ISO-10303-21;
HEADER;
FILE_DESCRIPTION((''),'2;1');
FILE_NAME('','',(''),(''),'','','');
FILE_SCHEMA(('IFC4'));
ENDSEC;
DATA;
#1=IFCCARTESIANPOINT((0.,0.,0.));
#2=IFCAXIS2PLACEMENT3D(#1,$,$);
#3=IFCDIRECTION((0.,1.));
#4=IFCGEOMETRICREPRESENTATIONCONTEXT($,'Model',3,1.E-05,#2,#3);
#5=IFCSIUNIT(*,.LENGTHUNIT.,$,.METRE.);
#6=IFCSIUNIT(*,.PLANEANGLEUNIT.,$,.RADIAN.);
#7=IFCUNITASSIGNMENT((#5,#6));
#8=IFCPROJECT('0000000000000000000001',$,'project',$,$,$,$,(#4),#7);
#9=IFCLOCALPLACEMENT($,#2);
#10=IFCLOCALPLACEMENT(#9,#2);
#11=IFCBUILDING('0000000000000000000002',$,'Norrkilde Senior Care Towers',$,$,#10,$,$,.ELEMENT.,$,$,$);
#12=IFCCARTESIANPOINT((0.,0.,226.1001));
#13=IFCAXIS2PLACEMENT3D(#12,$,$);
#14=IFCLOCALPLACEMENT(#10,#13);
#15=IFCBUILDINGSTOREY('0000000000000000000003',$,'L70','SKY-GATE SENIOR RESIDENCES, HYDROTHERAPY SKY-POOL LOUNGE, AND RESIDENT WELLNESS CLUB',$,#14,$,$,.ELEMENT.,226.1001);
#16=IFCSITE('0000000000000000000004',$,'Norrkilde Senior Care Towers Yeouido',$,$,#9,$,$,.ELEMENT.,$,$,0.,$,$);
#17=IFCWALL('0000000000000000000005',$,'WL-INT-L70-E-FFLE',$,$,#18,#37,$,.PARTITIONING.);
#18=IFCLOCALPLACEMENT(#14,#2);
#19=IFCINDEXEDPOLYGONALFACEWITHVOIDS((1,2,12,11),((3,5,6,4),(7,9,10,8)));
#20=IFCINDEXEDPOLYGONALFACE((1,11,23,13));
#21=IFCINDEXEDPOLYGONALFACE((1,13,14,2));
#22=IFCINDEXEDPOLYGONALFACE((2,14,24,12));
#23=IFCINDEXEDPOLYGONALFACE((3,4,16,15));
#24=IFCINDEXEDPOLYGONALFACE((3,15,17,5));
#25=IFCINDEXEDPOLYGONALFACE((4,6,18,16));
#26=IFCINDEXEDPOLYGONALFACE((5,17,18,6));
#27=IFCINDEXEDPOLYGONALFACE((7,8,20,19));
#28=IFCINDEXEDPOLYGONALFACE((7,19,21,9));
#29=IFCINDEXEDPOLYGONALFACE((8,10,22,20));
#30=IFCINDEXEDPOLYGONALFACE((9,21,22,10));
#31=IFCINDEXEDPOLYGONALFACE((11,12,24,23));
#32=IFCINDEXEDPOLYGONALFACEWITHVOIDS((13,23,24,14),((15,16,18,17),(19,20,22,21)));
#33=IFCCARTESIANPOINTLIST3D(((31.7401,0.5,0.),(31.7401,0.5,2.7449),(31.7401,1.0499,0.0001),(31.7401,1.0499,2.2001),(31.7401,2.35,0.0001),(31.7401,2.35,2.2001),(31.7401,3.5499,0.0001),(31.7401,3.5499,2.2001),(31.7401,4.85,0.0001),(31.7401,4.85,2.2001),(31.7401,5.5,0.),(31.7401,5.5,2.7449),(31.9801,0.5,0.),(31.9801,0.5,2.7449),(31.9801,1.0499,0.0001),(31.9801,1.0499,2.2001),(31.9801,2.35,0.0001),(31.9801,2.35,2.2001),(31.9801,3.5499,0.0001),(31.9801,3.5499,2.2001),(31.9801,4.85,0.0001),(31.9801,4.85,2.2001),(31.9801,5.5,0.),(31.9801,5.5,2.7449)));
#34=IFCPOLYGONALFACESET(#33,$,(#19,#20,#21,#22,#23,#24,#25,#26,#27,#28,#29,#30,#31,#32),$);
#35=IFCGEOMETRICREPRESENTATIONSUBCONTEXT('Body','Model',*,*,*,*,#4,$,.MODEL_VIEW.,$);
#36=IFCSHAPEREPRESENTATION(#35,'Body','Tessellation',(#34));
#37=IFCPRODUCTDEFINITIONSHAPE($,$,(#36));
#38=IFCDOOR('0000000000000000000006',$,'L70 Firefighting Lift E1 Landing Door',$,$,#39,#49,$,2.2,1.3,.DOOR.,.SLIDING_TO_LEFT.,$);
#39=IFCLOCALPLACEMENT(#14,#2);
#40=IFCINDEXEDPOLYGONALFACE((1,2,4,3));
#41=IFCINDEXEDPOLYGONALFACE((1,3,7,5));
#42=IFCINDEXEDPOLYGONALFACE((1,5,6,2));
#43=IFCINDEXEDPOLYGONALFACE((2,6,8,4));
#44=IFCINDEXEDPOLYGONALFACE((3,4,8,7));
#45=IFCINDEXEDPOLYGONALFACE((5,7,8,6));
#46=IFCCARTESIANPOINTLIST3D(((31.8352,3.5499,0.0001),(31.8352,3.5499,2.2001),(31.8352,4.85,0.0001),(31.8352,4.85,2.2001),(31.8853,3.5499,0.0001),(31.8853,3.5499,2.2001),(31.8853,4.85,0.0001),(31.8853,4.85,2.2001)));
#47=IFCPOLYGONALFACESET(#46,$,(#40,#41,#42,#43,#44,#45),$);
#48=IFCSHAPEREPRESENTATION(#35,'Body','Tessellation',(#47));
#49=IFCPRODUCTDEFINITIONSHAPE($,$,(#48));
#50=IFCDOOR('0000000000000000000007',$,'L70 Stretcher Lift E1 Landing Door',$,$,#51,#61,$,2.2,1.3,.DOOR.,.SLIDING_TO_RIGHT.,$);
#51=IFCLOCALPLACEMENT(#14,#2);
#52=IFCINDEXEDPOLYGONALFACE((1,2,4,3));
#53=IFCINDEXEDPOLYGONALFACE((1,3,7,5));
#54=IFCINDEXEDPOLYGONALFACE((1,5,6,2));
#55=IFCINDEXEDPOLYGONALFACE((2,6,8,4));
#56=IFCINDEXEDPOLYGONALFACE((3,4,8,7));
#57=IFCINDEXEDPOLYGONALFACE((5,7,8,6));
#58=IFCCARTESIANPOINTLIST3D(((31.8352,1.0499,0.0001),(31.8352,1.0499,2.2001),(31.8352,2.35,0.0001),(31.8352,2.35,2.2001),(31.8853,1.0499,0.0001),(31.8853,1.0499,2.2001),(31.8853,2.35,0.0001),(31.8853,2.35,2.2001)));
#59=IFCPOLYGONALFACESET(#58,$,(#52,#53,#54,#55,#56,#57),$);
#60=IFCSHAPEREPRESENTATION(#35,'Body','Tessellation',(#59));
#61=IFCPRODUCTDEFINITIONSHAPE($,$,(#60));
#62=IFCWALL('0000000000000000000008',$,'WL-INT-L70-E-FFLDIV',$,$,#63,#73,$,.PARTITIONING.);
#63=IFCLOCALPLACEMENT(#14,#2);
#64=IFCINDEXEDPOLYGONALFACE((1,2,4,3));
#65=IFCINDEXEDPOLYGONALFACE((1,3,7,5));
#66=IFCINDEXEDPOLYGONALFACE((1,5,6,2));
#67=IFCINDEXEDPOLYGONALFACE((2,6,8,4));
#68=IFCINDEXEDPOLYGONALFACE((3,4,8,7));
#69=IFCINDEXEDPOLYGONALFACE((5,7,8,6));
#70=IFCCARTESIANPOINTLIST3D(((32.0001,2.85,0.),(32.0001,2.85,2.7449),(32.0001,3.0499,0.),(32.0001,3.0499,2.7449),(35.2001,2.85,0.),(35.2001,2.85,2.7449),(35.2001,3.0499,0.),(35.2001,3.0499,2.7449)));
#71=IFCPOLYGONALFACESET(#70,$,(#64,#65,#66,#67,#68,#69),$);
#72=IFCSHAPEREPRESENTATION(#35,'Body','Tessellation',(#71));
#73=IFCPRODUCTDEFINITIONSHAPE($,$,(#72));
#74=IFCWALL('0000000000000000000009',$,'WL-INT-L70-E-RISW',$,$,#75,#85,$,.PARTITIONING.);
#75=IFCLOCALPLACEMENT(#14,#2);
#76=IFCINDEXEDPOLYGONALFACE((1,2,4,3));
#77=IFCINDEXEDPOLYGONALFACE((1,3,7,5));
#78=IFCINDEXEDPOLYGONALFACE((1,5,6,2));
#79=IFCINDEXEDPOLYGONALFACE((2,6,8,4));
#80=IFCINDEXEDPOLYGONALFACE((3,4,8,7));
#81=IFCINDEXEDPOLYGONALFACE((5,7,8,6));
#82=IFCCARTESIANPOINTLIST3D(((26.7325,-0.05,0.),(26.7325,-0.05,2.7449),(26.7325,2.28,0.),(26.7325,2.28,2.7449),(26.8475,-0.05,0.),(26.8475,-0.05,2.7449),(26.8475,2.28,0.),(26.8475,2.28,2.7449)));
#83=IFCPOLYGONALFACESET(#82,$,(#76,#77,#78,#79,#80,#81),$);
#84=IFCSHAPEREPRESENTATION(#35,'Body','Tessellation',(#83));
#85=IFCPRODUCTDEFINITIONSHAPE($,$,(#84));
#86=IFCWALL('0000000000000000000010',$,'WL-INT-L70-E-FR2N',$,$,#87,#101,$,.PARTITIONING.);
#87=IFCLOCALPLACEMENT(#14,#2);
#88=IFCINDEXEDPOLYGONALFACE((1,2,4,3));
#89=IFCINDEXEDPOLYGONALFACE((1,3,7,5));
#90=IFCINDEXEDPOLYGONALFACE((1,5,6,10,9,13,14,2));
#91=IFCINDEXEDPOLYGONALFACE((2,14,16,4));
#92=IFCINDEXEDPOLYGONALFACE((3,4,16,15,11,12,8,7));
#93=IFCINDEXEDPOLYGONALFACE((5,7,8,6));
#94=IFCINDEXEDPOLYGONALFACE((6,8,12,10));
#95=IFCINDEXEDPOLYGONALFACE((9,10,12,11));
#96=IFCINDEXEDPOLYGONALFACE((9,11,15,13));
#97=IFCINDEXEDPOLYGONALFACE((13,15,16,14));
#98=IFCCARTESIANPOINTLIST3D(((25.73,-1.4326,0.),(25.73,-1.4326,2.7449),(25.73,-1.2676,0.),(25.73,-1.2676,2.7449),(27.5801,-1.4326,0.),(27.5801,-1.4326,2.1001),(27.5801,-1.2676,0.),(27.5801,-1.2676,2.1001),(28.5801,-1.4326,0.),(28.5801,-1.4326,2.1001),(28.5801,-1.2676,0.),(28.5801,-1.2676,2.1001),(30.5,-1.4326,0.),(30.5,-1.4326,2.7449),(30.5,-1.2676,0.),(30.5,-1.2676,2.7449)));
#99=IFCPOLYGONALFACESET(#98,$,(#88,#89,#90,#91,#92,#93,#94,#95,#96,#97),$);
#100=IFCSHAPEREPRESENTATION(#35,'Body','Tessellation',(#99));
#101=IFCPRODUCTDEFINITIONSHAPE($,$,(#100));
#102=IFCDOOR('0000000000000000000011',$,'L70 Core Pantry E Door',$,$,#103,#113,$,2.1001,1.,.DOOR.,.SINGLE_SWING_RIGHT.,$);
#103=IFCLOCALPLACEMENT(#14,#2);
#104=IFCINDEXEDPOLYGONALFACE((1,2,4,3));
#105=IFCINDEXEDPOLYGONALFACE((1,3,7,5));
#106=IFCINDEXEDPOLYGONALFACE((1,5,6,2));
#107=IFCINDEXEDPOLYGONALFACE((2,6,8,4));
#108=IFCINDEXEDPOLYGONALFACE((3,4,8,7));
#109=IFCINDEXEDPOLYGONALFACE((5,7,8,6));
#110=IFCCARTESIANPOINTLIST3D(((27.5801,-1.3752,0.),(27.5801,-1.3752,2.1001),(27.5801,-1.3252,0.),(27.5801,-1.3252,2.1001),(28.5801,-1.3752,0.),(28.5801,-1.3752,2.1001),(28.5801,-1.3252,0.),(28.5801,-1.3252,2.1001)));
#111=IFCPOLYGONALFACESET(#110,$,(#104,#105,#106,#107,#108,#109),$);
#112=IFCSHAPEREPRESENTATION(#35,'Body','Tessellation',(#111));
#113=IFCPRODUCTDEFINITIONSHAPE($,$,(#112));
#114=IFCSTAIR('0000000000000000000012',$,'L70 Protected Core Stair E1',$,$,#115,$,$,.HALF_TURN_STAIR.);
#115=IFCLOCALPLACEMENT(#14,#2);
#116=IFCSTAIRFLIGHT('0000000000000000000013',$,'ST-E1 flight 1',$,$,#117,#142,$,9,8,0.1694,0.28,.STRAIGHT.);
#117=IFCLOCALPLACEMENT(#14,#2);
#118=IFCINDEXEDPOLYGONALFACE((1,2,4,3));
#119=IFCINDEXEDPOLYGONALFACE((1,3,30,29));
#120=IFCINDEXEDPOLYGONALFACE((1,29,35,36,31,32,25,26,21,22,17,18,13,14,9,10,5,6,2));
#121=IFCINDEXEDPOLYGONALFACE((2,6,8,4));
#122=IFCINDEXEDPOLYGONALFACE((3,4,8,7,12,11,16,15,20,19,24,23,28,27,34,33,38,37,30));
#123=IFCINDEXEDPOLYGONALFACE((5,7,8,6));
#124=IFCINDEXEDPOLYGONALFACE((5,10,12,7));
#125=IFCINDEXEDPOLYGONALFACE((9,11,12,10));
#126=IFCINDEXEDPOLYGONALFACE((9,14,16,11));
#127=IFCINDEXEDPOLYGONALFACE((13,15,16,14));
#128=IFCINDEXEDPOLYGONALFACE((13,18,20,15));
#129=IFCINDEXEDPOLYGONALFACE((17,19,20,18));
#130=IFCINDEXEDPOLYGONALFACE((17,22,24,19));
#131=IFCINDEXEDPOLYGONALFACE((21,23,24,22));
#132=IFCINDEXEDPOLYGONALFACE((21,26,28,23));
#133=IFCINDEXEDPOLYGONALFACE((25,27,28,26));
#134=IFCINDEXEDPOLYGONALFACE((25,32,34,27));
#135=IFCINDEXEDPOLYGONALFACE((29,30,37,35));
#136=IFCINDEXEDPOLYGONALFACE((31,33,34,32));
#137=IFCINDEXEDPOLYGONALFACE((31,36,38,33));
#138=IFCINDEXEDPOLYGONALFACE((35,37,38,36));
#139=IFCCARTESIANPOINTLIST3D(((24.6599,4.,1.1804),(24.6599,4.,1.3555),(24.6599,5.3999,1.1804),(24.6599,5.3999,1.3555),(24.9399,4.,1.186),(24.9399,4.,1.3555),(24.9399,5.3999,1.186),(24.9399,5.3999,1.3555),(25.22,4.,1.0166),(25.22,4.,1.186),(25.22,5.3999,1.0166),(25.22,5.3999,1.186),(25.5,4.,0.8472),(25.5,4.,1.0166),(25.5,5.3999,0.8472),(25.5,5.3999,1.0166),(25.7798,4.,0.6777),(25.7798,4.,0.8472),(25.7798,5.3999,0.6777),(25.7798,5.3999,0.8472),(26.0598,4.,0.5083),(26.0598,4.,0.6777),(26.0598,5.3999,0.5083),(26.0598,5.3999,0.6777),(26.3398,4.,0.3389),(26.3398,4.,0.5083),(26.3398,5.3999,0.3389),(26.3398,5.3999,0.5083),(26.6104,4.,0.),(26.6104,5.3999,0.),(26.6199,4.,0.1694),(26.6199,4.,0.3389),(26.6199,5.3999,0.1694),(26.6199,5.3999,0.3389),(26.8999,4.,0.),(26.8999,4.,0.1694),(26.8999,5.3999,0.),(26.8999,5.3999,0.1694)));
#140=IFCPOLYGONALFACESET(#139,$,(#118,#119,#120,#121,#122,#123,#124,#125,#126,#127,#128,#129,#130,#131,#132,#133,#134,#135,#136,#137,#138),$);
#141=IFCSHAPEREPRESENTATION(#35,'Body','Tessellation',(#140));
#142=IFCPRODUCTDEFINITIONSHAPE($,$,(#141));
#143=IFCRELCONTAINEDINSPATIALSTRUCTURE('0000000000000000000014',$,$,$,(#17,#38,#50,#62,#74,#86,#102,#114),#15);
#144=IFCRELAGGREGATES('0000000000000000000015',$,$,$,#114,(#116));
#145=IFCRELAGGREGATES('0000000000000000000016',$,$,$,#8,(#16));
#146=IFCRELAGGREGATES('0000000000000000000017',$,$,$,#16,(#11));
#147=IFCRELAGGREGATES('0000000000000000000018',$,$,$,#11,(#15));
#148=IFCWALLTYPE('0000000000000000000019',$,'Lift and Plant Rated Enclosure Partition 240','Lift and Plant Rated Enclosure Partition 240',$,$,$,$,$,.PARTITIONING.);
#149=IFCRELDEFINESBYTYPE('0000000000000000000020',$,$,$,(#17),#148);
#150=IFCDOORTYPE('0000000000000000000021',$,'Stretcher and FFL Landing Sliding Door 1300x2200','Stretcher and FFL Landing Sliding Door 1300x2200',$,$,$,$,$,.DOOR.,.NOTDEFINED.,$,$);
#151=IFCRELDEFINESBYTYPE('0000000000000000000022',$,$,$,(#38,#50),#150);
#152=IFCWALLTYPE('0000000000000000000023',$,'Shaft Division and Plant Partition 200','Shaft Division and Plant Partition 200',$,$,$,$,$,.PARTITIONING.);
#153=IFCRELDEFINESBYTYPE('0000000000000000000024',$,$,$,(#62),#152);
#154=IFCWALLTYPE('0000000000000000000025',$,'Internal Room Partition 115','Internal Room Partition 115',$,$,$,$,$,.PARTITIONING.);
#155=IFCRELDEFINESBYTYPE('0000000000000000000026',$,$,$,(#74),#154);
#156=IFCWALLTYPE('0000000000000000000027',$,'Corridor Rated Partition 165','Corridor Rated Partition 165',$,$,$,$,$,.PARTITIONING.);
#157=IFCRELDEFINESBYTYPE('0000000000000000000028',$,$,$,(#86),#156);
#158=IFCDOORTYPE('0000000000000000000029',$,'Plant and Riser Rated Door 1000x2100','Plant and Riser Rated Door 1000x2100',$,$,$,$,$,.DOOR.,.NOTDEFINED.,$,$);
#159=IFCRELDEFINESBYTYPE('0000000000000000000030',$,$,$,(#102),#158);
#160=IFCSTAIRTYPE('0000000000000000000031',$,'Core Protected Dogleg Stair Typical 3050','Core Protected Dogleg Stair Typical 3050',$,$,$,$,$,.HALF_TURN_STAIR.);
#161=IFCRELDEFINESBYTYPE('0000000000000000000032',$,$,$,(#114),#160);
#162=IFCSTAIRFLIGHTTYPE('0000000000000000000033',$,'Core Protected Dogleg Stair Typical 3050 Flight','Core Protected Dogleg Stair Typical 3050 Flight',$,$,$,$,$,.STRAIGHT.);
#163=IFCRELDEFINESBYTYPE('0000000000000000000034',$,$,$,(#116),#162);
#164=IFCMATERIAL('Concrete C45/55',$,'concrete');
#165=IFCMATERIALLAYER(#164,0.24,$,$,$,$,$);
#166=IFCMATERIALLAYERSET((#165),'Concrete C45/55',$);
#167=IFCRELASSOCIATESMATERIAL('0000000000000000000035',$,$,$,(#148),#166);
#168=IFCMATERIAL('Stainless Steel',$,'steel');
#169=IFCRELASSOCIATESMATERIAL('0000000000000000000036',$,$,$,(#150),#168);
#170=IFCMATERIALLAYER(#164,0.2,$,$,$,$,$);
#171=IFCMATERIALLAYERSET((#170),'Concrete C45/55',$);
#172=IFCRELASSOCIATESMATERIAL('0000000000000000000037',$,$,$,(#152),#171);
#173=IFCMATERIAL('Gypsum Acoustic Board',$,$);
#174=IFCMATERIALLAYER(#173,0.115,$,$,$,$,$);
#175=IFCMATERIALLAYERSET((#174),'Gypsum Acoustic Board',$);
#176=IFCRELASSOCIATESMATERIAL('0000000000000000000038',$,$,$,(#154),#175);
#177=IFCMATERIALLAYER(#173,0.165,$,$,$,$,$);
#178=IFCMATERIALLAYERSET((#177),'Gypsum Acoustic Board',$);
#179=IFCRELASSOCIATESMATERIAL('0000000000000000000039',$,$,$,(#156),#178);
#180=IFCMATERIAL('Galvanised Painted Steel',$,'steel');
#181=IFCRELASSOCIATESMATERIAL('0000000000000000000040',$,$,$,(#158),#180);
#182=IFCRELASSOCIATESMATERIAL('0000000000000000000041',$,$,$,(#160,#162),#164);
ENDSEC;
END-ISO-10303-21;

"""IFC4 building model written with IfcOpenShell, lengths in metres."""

from ifc_helpers import new_model, si_unit, direction, frame, frame_2d, origin, place, context, subcontext, project, spatial, polyline, rectangle, outline, extrude, source, transform, mapped, material, layer, layer_set, type_object, type_shapes, element, fill, aggregate, save


model = new_model("IFC4")

# Units and contexts
model_context = context("Model", 3, precision=1e-05, world=origin(), true_north=direction((0.0, 1.0)))
body_context = subcontext(model_context, "Body", "Model", "MODEL_VIEW")
ifc_project = project(units=[si_unit("LENGTHUNIT", "METRE"), si_unit("PLANEANGLEUNIT", "RADIAN")], contexts=[model_context])

# Site, building, storey
site_placement = place(None, origin())
site = spatial("IfcSite", under=ifc_project, at=site_placement, Name="Norrkilde Senior Care Towers Yeouido", CompositionType="ELEMENT", RefElevation=0.0)
building_placement = place(site_placement, origin())
building = spatial("IfcBuilding", under=site, at=building_placement, Name="Norrkilde Senior Care Towers", CompositionType="ELEMENT")
storey_placement = place(building_placement, frame((0.0, 0.0, 226.1001)))
storey = spatial("IfcBuildingStorey", under=building, at=storey_placement, Name="L70", Description="SKY-GATE SENIOR RESIDENCES, HYDROTHERAPY SKY-POOL LOUNGE, AND RESIDENT WELLNESS CLUB", CompositionType="ELEMENT", Elevation=226.1001)

# Shared definitions
ifc_material_1 = material(Name="Concrete C45/55", Category="concrete")
ifc_material_2 = material(Name="Galvanised Painted Steel", Category="steel")

# Wall, openings, doors
ifc_layer_1 = layer(ifc_material_1, 0.24)
ifc_layer_set_1 = layer_set([ifc_layer_1], Name="Concrete C45/55")
wall_type_1 = type_object("IfcWallType", Name="Lift and Plant Rated Enclosure Partition 240", Description="Lift and Plant Rated Enclosure Partition 240", PredefinedType="PARTITIONING", material=ifc_layer_set_1)
shared_shape_1 = source(origin(), body_context, "Body", "SweptSolid", [
    extrude(rectangle(XDim=5.0, YDim=0.24, at=frame_2d((2.5, 0.0))), origin(), (0.0, 0.0, 1.0), 2.7449),
])
type_shapes(wall_type_1, [shared_shape_1])
wall_1_placement = place(storey_placement, frame((31.8601, 0.5, 0.0), z_axis=(0.0, 0.0, 1.0), x_axis=(0.0, 1.0, 0.0)))
wall_1 = element("IfcWall", 1, at=wall_1_placement, inside=storey, type_object=wall_type_1, Name="WL-INT-L70-E-FFLE", PredefinedType="PARTITIONING", context=body_context, shape_type="MappedRepresentation", body=[
    mapped(shared_shape_1, transform((0.0, 0.0, 0.0), x_axis=(1.0, 0.0, 0.0), y_axis=(0.0, 1.0, 0.0), z_axis=(0.0, 0.0, 1.0), scale=1.0)),
])
opening_1_placement = place(wall_1_placement, frame((3.05, 0.0, 0.0)))
opening_1 = element("IfcOpeningElement", 2, at=opening_1_placement, cuts=wall_1, PredefinedType="OPENING", context=body_context, shape_type="SweptSolid", body=[
    extrude(rectangle(XDim=1.3, YDim=2.2, at=frame_2d((0.6499, 1.1001))), frame((0.0, 0.1299, 0.0), z_axis=(0.0, -1.0, 0.0), x_axis=(1.0, 0.0, 0.0)), (0.0, 0.0, 1.0), 0.26),
])
opening_2_placement = place(wall_1_placement, frame((0.55, 0.0, 0.0)))
opening_2 = element("IfcOpeningElement", 3, at=opening_2_placement, cuts=wall_1, PredefinedType="OPENING", context=body_context, shape_type="SweptSolid", body=[
    extrude(rectangle(XDim=1.3, YDim=2.2, at=frame_2d((0.6499, 1.1001))), frame((0.0, 0.1299, 0.0), z_axis=(0.0, -1.0, 0.0), x_axis=(1.0, 0.0, 0.0)), (0.0, 0.0, 1.0), 0.26),
])
ifc_material_3 = material(Name="Stainless Steel", Category="steel")
door_type_1 = type_object("IfcDoorType", Name="Stretcher and FFL Landing Sliding Door 1300x2200", Description="Stretcher and FFL Landing Sliding Door 1300x2200", OperationType="NOTDEFINED", PredefinedType="DOOR", material=ifc_material_3)
shared_shape_2 = source(origin(), body_context, "Body", "SweptSolid", [
    extrude(rectangle(XDim=1.3, YDim=2.2, at=frame_2d((0.6499, 1.1001))), frame((0.0, 0.0249, 0.0), z_axis=(0.0, -1.0, 0.0), x_axis=(1.0, 0.0, 0.0)), (0.0, 0.0, 1.0), 0.05),
])
type_shapes(door_type_1, [shared_shape_2])
door_1_placement = place(opening_1_placement, origin())
door_1 = element("IfcDoor", 4, at=door_1_placement, inside=storey, type_object=door_type_1, Name="L70 Firefighting Lift E1 Landing Door", OperationType="SLIDING_TO_LEFT", OverallHeight=2.2, OverallWidth=1.3, PredefinedType="DOOR", context=body_context, shape_type="MappedRepresentation", body=[
    mapped(shared_shape_2, transform((0.0, 0.0, 0.0), x_axis=(1.0, 0.0, 0.0), y_axis=(0.0, 1.0, 0.0), z_axis=(0.0, 0.0, 1.0), scale=1.0)),
])
fill(opening_1, door_1)
door_2_placement = place(opening_2_placement, origin())
door_2 = element("IfcDoor", 5, at=door_2_placement, inside=storey, type_object=door_type_1, Name="L70 Stretcher Lift E1 Landing Door", OperationType="SLIDING_TO_RIGHT", OverallHeight=2.2, OverallWidth=1.3, PredefinedType="DOOR", context=body_context, shape_type="MappedRepresentation", body=[
    mapped(shared_shape_2, transform((0.0, 0.0, 0.0), x_axis=(1.0, 0.0, 0.0), y_axis=(0.0, 1.0, 0.0), z_axis=(0.0, 0.0, 1.0), scale=1.0)),
])
fill(opening_2, door_2)

# Wall
ifc_layer_2 = layer(ifc_material_1, 0.2)
ifc_layer_set_2 = layer_set([ifc_layer_2], Name="Concrete C45/55")
wall_type_2 = type_object("IfcWallType", Name="Shaft Division and Plant Partition 200", Description="Shaft Division and Plant Partition 200", PredefinedType="PARTITIONING", material=ifc_layer_set_2)
shared_shape_3 = source(origin(), body_context, "Body", "SweptSolid", [
    extrude(rectangle(XDim=3.2, YDim=0.2, at=frame_2d((1.6001, 0.0))), origin(), (0.0, 0.0, 1.0), 2.7449),
])
type_shapes(wall_type_2, [shared_shape_3])
wall_2_placement = place(storey_placement, frame((32.0, 2.95, 0.0), z_axis=(0.0, 0.0, 1.0), x_axis=(1.0, 0.0, 0.0)))
element("IfcWall", 6, at=wall_2_placement, inside=storey, type_object=wall_type_2, Name="WL-INT-L70-E-FFLDIV", PredefinedType="PARTITIONING", context=body_context, shape_type="MappedRepresentation", body=[
    mapped(shared_shape_3, transform((0.0, 0.0, 0.0), x_axis=(1.0, 0.0, 0.0), y_axis=(0.0, 1.0, 0.0), z_axis=(0.0, 0.0, 1.0), scale=1.0)),
])

# Wall
ifc_material_4 = material(Name="Gypsum Acoustic Board")
ifc_layer_3 = layer(ifc_material_4, 0.115)
ifc_layer_set_3 = layer_set([ifc_layer_3], Name="Gypsum Acoustic Board")
wall_type_3 = type_object("IfcWallType", Name="Internal Room Partition 115", Description="Internal Room Partition 115", PredefinedType="PARTITIONING", material=ifc_layer_set_3)
shared_shape_4 = source(origin(), body_context, "Body", "SweptSolid", [
    extrude(rectangle(XDim=2.3301, YDim=0.115, at=frame_2d((1.165, 0.0))), origin(), (0.0, 0.0, 1.0), 2.7449),
])
type_shapes(wall_type_3, [shared_shape_4])
wall_3_placement = place(storey_placement, frame((26.79, -0.05, 0.0), z_axis=(0.0, 0.0, 1.0), x_axis=(0.0, 1.0, 0.0)))
element("IfcWall", 7, at=wall_3_placement, inside=storey, type_object=wall_type_3, Name="WL-INT-L70-E-RISW", PredefinedType="PARTITIONING", context=body_context, shape_type="MappedRepresentation", body=[
    mapped(shared_shape_4, transform((0.0, 0.0, 0.0), x_axis=(1.0, 0.0, 0.0), y_axis=(0.0, 1.0, 0.0), z_axis=(0.0, 0.0, 1.0), scale=1.0)),
])

# Wall, opening, door
ifc_layer_4 = layer(ifc_material_4, 0.165)
ifc_layer_set_4 = layer_set([ifc_layer_4], Name="Gypsum Acoustic Board")
wall_type_4 = type_object("IfcWallType", Name="Corridor Rated Partition 165", Description="Corridor Rated Partition 165", PredefinedType="PARTITIONING", material=ifc_layer_set_4)
shared_shape_5 = source(origin(), body_context, "Body", "SweptSolid", [
    extrude(rectangle(XDim=4.77, YDim=0.165, at=frame_2d((2.385, 0.0))), origin(), (0.0, 0.0, 1.0), 2.7449),
])
type_shapes(wall_type_4, [shared_shape_5])
wall_4_placement = place(storey_placement, frame((25.73, -1.3501, 0.0), z_axis=(0.0, 0.0, 1.0), x_axis=(1.0, 0.0, 0.0)))
wall_4 = element("IfcWall", 8, at=wall_4_placement, inside=storey, type_object=wall_type_4, Name="WL-INT-L70-E-FR2N", PredefinedType="PARTITIONING", context=body_context, shape_type="MappedRepresentation", body=[
    mapped(shared_shape_5, transform((0.0, 0.0, 0.0), x_axis=(1.0, 0.0, 0.0), y_axis=(0.0, 1.0, 0.0), z_axis=(0.0, 0.0, 1.0), scale=1.0)),
])
opening_3_placement = place(wall_4_placement, frame((1.8501, 0.0, 0.0)))
opening_3 = element("IfcOpeningElement", 9, at=opening_3_placement, cuts=wall_4, PredefinedType="OPENING", context=body_context, shape_type="SweptSolid", body=[
    extrude(rectangle(XDim=1.0, YDim=2.1001, at=frame_2d((0.5, 1.05))), frame((0.0, 0.0925, 0.0), z_axis=(0.0, -1.0, 0.0), x_axis=(1.0, 0.0, 0.0)), (0.0, 0.0, 1.0), 0.1851),
])
door_type_2 = type_object("IfcDoorType", Name="Plant and Riser Rated Door 1000x2100", Description="Plant and Riser Rated Door 1000x2100", OperationType="NOTDEFINED", PredefinedType="DOOR", material=ifc_material_2)
shared_shape_6 = source(origin(), body_context, "Body", "SweptSolid", [
    extrude(rectangle(XDim=1.0, YDim=2.1001, at=frame_2d((0.5, 1.05))), frame((0.0, 0.0249, 0.0), z_axis=(0.0, -1.0, 0.0), x_axis=(1.0, 0.0, 0.0)), (0.0, 0.0, 1.0), 0.05),
])
type_shapes(door_type_2, [shared_shape_6])
door_3_placement = place(opening_3_placement, origin())
door_3 = element("IfcDoor", 10, at=door_3_placement, inside=storey, type_object=door_type_2, Name="L70 Core Pantry E Door", OperationType="SINGLE_SWING_RIGHT", OverallHeight=2.1001, OverallWidth=1.0, PredefinedType="DOOR", context=body_context, shape_type="MappedRepresentation", body=[
    mapped(shared_shape_6, transform((0.0, 0.0, 0.0), x_axis=(1.0, 0.0, 0.0), y_axis=(0.0, 1.0, 0.0), z_axis=(0.0, 0.0, 1.0), scale=1.0)),
])
fill(opening_3, door_3)

# Stair, stair flight
stair_type = type_object("IfcStairType", Name="Core Protected Dogleg Stair Typical 3050", Description="Core Protected Dogleg Stair Typical 3050", PredefinedType="HALF_TURN_STAIR", material=ifc_material_1)
stair_placement = place(storey_placement, origin())
stair = element("IfcStair", 11, at=stair_placement, inside=storey, type_object=stair_type, Name="L70 Protected Core Stair E1", PredefinedType="HALF_TURN_STAIR")
stair_flight_type = type_object("IfcStairFlightType", Name="Core Protected Dogleg Stair Typical 3050 Flight", Description="Core Protected Dogleg Stair Typical 3050 Flight", PredefinedType="STRAIGHT", material=ifc_material_1)
stair_flight_1_placement = place(storey_placement, frame((26.8999, 4.7, 0.0), z_axis=(0.0, 0.0, 1.0), x_axis=(-1.0, 0.0, 0.0)))
stair_flight_1 = element("IfcStairFlight", 12, at=stair_flight_1_placement, type_object=stair_flight_type, Name="ST-E1 flight 1", NumberOfRisers=9, NumberOfTreads=8, PredefinedType="STRAIGHT", RiserHeight=0.1694, TreadLength=0.28, context=body_context, shape_type="SweptSolid", body=[
    extrude(outline(polyline([(0.0, 0.0), (0.0, 0.1694), (0.28, 0.1694), (0.28, 0.3389), (0.5601, 0.3389), (0.5601, 0.5083), (0.8401, 0.5083), (0.8401, 0.6777), (1.1201, 0.6777), (1.1201, 0.8472), (1.3999, 0.8472), (1.3999, 1.0166), (1.6799, 1.0166), (1.6799, 1.186), (1.96, 1.186), (1.96, 1.3555), (2.24, 1.3555), (2.24, 1.5249), (2.24, 1.1804), (0.2896, 0.0), (0.0, 0.0)])), frame((0.0, 0.7, 0.0), z_axis=(0.0, -1.0, 0.0), x_axis=(1.0, 0.0, 0.0)), (0.0, 0.0, 1.0), 1.3999),
])
aggregate(stair, [stair_flight_1])

save(model, "model.ifc")
